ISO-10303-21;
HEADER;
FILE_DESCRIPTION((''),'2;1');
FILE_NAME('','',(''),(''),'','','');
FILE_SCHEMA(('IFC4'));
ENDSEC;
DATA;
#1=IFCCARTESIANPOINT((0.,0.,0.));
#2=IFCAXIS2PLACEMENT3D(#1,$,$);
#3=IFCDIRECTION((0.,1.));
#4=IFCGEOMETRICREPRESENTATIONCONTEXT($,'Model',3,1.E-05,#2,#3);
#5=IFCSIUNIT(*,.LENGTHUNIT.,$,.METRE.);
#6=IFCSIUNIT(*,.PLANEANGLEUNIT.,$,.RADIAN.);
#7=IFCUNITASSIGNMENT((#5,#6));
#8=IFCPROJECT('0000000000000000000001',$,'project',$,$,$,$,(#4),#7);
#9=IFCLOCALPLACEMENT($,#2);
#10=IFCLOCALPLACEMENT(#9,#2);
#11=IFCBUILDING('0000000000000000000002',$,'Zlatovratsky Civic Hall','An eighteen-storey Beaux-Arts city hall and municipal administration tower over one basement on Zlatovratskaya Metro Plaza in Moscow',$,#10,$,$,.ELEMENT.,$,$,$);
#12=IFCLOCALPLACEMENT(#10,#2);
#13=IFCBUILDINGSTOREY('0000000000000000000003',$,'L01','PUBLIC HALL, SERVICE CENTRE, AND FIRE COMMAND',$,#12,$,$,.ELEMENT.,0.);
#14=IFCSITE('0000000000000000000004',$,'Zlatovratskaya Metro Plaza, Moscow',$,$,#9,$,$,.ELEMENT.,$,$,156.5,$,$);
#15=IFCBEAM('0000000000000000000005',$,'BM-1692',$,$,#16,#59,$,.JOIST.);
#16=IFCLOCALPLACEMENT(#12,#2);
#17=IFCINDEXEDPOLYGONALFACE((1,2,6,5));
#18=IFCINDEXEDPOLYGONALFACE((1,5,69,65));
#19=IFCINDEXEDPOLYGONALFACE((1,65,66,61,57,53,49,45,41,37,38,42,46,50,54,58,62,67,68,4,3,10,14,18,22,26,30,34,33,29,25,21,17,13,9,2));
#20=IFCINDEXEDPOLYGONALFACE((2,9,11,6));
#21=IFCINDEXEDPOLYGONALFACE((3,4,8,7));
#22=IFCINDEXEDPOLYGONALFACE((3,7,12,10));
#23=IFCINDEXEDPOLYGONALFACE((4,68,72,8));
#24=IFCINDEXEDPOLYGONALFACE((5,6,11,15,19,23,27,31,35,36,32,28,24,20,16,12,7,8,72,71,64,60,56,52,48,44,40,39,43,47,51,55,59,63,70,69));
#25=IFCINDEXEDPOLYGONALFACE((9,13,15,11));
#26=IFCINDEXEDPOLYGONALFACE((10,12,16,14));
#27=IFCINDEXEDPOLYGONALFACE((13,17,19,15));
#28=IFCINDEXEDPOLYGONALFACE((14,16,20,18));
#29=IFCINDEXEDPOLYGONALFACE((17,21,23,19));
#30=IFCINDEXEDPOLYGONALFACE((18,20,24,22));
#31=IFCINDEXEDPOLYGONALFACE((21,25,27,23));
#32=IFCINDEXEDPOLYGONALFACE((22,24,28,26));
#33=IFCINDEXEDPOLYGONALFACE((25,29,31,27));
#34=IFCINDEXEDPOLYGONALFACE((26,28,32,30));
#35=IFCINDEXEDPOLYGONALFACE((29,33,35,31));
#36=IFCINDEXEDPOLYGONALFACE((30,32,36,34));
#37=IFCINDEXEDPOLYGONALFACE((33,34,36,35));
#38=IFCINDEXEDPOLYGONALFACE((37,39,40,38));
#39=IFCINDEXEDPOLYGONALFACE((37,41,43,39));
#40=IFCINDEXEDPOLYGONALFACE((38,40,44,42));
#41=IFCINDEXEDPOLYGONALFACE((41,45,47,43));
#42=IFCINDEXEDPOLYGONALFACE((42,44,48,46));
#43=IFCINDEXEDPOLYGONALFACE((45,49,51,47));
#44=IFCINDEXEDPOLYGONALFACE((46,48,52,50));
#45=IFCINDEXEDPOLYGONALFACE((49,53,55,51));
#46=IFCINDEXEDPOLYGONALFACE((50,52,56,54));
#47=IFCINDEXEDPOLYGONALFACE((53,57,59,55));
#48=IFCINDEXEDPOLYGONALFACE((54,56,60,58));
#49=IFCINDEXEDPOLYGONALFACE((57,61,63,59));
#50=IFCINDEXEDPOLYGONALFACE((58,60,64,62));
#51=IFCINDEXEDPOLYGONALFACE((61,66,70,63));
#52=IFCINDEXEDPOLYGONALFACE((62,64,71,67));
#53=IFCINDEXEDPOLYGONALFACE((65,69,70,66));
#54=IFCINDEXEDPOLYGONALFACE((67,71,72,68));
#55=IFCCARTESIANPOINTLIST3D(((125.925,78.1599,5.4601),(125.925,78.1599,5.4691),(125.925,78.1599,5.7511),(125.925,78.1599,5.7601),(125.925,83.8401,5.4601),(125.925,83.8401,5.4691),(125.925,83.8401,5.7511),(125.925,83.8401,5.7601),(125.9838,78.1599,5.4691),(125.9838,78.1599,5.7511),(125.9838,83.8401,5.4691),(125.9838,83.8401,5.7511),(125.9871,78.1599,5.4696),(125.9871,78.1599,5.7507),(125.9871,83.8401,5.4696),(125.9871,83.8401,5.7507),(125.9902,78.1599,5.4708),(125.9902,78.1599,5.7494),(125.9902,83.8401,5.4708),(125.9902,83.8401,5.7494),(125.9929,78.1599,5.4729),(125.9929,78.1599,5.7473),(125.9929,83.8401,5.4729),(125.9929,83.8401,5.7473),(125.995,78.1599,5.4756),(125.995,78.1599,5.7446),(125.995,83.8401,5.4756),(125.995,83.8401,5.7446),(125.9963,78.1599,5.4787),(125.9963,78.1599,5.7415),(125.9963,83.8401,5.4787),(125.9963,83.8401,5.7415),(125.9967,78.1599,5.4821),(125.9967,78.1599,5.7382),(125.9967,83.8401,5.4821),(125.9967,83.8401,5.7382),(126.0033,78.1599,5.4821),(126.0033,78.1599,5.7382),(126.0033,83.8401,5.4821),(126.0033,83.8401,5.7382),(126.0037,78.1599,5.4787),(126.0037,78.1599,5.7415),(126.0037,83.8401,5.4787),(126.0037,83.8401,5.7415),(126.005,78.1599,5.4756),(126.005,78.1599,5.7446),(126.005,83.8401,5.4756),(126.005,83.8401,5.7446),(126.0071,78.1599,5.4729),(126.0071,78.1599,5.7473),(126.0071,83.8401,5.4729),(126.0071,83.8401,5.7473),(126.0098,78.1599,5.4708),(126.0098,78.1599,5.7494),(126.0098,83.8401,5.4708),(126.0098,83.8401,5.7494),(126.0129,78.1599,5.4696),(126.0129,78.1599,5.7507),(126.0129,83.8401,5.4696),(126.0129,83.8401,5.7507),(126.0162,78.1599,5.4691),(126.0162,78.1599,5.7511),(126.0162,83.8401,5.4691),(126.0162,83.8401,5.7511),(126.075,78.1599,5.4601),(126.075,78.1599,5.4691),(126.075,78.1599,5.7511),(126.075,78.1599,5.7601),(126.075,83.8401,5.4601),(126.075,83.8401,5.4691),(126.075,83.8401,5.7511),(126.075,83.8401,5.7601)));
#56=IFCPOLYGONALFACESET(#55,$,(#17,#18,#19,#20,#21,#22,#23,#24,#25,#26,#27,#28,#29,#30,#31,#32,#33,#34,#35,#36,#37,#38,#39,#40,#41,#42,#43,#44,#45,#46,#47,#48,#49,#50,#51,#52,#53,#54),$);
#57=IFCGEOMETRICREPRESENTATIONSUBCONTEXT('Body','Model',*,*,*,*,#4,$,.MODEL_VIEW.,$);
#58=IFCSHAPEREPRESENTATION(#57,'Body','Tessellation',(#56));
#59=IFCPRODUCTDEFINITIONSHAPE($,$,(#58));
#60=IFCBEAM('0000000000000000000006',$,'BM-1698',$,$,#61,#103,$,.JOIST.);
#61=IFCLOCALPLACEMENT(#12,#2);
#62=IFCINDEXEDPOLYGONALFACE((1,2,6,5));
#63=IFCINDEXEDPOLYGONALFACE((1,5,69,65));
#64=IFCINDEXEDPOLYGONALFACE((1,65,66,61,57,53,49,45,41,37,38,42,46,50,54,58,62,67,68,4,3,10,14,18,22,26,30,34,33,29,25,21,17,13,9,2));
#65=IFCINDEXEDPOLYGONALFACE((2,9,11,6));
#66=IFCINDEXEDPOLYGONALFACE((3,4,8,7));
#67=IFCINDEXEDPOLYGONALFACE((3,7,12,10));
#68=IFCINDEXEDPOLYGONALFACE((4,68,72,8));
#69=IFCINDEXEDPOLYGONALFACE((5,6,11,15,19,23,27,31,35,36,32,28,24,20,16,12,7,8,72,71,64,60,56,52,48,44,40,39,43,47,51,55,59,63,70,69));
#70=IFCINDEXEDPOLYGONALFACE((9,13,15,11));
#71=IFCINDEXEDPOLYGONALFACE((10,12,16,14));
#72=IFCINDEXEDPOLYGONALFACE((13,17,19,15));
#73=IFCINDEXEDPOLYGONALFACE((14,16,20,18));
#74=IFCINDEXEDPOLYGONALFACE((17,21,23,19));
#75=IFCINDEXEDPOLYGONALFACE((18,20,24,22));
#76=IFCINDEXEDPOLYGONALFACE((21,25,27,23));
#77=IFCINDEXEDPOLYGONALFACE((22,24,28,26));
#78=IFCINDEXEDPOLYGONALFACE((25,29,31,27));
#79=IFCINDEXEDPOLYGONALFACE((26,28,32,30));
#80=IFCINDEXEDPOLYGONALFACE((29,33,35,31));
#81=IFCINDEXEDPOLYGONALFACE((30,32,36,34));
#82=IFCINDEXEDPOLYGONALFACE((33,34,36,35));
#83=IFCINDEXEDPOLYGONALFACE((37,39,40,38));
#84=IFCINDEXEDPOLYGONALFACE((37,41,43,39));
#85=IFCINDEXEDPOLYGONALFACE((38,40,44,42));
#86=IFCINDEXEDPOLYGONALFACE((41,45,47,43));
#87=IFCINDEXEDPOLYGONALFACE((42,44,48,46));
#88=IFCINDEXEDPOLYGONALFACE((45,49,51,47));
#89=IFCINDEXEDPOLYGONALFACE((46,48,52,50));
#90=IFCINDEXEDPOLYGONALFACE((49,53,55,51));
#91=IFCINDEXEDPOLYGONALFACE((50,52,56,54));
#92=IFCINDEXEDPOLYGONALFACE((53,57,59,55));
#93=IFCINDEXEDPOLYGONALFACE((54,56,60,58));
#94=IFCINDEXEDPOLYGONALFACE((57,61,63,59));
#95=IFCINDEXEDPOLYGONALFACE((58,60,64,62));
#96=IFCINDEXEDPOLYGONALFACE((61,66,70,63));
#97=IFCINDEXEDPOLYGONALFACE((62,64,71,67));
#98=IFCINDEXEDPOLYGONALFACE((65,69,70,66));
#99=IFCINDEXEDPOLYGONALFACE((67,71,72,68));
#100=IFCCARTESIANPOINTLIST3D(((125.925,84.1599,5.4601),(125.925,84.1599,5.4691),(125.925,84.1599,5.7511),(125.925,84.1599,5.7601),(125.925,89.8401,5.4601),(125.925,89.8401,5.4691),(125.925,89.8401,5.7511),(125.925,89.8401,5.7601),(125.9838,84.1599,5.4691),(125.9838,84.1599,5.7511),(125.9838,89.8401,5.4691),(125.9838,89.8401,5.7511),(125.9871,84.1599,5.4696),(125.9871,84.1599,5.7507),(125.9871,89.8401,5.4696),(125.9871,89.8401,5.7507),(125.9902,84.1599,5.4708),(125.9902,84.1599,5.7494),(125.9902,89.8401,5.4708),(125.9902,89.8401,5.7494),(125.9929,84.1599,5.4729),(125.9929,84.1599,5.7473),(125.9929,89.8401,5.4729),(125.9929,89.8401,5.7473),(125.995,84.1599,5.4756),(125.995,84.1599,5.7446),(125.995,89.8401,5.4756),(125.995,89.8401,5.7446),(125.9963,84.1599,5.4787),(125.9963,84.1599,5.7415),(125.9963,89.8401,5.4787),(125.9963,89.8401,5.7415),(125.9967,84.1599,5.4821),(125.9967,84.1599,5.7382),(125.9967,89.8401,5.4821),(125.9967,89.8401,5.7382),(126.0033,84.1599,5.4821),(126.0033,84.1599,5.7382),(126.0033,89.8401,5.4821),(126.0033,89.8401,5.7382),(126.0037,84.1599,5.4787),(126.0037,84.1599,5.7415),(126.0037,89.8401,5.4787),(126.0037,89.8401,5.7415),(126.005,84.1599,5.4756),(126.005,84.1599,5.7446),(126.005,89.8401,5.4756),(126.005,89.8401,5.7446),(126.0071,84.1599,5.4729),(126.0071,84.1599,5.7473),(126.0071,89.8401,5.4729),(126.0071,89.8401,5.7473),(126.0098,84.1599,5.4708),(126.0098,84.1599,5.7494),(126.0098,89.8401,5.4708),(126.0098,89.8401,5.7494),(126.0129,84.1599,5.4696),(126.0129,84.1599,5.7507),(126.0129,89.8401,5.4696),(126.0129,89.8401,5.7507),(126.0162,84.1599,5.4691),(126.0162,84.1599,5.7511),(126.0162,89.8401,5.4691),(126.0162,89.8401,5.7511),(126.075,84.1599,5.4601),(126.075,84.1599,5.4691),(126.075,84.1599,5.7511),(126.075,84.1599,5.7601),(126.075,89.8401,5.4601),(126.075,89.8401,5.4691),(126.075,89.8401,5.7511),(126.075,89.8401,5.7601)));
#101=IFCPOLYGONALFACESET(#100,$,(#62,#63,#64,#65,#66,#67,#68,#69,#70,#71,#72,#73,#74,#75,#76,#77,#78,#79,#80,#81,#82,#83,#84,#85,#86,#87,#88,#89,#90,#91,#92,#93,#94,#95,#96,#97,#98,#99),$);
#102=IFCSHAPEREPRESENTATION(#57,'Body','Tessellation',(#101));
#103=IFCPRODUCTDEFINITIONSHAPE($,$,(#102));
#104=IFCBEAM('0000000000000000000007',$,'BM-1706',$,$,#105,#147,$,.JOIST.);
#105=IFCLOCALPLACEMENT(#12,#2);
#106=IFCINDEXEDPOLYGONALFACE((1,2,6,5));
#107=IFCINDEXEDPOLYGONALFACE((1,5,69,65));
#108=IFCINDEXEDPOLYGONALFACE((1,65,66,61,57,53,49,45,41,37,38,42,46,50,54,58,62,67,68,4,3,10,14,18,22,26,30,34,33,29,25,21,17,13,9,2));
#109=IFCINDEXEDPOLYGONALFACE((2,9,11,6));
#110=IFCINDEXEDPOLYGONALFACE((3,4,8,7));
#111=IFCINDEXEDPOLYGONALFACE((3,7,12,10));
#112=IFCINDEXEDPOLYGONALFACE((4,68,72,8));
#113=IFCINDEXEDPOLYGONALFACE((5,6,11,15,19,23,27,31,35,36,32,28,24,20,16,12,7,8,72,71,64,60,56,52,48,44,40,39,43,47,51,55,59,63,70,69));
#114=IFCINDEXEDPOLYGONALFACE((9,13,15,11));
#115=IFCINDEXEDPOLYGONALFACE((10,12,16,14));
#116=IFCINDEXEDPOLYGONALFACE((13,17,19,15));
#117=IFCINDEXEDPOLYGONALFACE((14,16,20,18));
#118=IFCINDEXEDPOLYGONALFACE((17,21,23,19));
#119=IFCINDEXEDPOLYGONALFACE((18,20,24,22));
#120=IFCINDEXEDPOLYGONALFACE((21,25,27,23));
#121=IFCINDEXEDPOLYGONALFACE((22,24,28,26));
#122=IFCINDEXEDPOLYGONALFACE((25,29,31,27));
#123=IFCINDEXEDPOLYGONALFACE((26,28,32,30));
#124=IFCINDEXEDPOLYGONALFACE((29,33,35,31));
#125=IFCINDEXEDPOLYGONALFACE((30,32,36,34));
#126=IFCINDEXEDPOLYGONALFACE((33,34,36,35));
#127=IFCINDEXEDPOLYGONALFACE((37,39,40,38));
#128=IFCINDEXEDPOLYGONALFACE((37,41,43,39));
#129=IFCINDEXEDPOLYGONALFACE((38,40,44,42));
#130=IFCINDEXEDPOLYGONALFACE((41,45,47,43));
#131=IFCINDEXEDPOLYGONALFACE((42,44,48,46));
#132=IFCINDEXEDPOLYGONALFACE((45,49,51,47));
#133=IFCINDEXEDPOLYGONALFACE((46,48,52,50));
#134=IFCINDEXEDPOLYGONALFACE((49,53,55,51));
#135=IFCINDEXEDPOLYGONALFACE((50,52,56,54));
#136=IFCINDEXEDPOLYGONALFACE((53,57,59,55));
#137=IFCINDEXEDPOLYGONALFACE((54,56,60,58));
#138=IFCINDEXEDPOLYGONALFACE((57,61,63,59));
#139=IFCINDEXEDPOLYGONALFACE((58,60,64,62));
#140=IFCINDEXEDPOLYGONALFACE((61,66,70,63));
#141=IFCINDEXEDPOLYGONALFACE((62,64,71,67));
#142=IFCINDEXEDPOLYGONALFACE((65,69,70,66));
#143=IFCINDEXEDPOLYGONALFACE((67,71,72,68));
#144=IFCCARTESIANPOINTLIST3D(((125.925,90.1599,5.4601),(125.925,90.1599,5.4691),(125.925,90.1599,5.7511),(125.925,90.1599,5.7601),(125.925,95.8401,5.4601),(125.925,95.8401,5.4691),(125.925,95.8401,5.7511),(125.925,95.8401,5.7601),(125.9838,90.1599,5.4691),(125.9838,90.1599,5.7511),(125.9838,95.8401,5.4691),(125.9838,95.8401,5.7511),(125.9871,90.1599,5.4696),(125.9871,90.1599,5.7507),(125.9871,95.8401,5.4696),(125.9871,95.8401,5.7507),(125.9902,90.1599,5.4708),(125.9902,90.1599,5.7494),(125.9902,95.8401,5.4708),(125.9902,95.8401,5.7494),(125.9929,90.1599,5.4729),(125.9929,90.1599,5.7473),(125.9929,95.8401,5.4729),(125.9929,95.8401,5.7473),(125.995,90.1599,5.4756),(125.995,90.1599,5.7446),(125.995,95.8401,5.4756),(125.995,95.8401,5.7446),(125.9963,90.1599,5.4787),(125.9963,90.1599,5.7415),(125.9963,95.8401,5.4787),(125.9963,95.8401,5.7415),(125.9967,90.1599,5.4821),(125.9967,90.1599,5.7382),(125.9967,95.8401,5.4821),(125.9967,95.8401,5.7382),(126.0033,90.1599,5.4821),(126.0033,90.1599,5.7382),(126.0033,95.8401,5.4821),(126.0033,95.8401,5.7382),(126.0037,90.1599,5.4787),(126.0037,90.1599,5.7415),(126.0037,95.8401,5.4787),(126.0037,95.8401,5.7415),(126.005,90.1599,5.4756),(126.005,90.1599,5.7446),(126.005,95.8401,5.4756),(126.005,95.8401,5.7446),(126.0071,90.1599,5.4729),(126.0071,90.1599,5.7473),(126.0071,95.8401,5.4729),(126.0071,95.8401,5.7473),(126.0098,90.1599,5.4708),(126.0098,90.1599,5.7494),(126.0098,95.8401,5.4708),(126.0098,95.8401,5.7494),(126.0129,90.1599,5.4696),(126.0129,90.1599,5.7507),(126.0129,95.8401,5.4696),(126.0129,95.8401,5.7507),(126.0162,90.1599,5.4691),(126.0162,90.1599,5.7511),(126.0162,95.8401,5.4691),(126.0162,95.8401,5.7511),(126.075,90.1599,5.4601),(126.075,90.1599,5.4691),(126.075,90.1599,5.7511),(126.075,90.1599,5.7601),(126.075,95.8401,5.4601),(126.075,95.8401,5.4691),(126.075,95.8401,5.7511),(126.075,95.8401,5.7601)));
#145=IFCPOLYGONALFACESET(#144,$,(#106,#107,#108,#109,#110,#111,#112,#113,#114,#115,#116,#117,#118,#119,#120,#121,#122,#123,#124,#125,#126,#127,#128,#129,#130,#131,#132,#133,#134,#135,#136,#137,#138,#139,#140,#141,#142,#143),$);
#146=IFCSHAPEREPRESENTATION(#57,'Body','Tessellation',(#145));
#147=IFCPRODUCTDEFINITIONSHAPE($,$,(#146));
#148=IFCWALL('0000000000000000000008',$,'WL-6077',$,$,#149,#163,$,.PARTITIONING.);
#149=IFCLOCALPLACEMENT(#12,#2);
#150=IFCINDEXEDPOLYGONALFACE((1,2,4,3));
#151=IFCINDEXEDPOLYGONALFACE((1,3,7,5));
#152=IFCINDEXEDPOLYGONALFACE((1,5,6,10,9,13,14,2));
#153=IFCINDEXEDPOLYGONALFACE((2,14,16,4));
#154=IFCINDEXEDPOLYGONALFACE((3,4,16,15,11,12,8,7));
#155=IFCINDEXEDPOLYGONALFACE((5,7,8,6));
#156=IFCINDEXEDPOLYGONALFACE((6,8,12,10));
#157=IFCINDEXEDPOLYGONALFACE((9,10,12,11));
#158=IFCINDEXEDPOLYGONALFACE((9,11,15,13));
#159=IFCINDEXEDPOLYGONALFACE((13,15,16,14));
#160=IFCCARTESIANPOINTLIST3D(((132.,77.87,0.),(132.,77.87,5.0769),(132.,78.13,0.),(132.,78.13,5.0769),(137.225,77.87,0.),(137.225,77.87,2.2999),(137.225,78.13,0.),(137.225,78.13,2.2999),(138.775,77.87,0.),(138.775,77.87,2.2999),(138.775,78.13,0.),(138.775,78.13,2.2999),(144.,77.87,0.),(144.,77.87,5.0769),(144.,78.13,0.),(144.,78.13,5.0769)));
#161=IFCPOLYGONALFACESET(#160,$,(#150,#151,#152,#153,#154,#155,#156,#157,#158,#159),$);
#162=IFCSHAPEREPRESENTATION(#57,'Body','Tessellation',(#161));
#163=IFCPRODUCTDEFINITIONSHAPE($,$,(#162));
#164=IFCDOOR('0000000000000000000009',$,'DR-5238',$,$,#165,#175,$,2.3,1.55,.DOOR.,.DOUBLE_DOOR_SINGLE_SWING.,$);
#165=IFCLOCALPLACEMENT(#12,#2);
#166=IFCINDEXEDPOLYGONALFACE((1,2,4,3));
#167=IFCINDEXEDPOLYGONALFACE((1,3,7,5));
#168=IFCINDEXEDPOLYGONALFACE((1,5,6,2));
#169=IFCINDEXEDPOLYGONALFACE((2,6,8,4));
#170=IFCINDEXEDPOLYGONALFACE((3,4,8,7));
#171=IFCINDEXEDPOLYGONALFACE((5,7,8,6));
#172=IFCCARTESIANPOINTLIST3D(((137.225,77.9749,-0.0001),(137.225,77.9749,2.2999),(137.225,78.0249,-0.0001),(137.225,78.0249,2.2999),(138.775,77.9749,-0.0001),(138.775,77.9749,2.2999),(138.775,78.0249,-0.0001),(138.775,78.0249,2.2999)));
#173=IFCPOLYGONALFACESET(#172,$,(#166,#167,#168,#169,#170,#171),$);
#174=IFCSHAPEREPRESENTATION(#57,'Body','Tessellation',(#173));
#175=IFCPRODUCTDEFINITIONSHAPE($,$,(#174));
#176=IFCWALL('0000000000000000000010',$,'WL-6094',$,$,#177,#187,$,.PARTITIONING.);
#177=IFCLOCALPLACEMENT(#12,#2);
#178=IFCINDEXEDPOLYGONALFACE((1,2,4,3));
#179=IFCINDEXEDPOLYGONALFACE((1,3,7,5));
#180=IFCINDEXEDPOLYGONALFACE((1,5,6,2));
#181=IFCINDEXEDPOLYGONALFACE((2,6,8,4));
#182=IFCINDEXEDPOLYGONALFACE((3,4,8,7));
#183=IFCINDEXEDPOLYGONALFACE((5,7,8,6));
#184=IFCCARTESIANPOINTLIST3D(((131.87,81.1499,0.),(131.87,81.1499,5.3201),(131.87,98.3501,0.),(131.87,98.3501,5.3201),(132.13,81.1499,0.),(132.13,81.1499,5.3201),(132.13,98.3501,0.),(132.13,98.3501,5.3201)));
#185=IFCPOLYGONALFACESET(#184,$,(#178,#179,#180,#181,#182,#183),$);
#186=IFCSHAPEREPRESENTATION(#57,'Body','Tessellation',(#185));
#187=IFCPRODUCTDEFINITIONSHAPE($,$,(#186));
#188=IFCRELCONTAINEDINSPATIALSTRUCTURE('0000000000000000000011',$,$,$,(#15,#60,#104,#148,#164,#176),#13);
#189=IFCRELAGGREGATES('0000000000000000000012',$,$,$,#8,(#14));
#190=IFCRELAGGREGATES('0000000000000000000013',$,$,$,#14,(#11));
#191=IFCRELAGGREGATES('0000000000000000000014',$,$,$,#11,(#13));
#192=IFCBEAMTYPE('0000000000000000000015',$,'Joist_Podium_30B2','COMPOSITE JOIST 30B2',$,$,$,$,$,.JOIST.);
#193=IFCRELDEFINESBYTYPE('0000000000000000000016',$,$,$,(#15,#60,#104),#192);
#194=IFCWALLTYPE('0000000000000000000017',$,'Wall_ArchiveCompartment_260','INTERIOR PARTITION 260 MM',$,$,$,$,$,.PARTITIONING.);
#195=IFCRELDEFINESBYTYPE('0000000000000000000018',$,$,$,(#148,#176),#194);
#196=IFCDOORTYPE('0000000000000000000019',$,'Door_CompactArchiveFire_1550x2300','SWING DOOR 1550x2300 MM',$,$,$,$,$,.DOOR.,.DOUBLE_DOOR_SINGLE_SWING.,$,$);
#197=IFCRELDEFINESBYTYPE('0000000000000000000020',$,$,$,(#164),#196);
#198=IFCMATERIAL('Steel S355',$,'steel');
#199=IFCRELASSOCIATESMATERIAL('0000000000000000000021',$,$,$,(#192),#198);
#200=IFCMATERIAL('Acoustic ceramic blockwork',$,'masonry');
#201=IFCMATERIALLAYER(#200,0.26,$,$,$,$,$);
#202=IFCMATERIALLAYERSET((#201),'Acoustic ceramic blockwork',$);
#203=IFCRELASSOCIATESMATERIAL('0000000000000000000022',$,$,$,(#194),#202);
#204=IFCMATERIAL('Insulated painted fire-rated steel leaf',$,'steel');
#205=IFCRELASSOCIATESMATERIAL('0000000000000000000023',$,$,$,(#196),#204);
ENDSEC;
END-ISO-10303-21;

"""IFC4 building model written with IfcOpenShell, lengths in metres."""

from ifc_helpers import new_model, si_unit, direction, frame, frame_2d, origin, origin_2d, place, context, subcontext, project, spatial, rectangle, i_section, extrude, material, layer, layer_set, material_profile, profile_set, type_object, element, fill, save


model = new_model("IFC4")

# Units and contexts
model_context = context("Model", 3, precision=1e-05, world=origin(), true_north=direction((0.0, 1.0)))
body_context = subcontext(model_context, "Body", "Model", "MODEL_VIEW")
ifc_project = project(units=[si_unit("LENGTHUNIT", "METRE"), si_unit("PLANEANGLEUNIT", "RADIAN")], contexts=[model_context])

# Site, building, storey
site_placement = place(None, origin())
site = spatial("IfcSite", under=ifc_project, at=site_placement, Name="Zlatovratskaya Metro Plaza, Moscow", CompositionType="ELEMENT", RefElevation=156.5)
building_placement = place(site_placement, origin())
building = spatial("IfcBuilding", under=site, at=building_placement, Name="Zlatovratsky Civic Hall", Description="An eighteen-storey Beaux-Arts city hall and municipal administration tower over one basement on Zlatovratskaya Metro Plaza in Moscow", CompositionType="ELEMENT")
storey_placement = place(building_placement, origin())
storey = spatial("IfcBuildingStorey", under=building, at=storey_placement, Name="L01", Description="PUBLIC HALL, SERVICE CENTRE, AND FIRE COMMAND", CompositionType="ELEMENT", Elevation=0.0)

# Shared definitions
ifc_material_1 = material(Name="Steel S355", Category="steel")

# Beams
ifc_material_profile_1 = material_profile(ifc_material_1, i_section(OverallWidth=0.1499, OverallDepth=0.3, WebThickness=0.0066, FlangeThickness=0.009, FilletRadius=0.0129, at=origin_2d()), Name="30B2")
ifc_profile_set_1 = profile_set([ifc_material_profile_1], Name="Steel S355")
beam_type_1 = type_object("IfcBeamType", Name="Joist_Podium_30B2", Description="COMPOSITE JOIST 30B2", PredefinedType="JOIST", material=ifc_profile_set_1)
for number, where, z_axis, x_axis, name in (
    (1, (126.0, 78.1599, 5.6101), (0.0, 1.0, 0.0), (-1.0, 0.0, 0.0), "BM-1692"),
    (2, (126.0, 84.1599, 5.6101), (0.0, 1.0, 0.0), (-1.0, 0.0, 0.0), "BM-1698"),
    (3, (126.0, 90.1599, 5.6101), (0.0, 1.0, 0.0), (-1.0, 0.0, 0.0), "BM-1706"),
):
    element("IfcBeam", number, at=place(storey_placement, frame(where, z_axis=z_axis, x_axis=x_axis)), inside=storey, type_object=beam_type_1, Name=name, PredefinedType="JOIST", context=body_context, shape_type="SweptSolid", body=[
        extrude(i_section(OverallWidth=0.1499, OverallDepth=0.3, WebThickness=0.0066, FlangeThickness=0.009, FilletRadius=0.0129, at=origin_2d()), origin(), (0.0, 0.0, 1.0), 5.6802),
    ])

# Wall, opening, door
ifc_material_2 = material(Name="Acoustic ceramic blockwork", Category="masonry")
ifc_layer = layer(ifc_material_2, 0.26)
ifc_layer_set = layer_set([ifc_layer], Name="Acoustic ceramic blockwork")
wall_type = type_object("IfcWallType", Name="Wall_ArchiveCompartment_260", Description="INTERIOR PARTITION 260 MM", PredefinedType="PARTITIONING", material=ifc_layer_set)
wall_1_placement = place(storey_placement, frame((132.0, 78.0, 0.0), z_axis=(0.0, 0.0, 1.0), x_axis=(1.0, 0.0, 0.0)))
wall_1 = element("IfcWall", 4, at=wall_1_placement, inside=storey, type_object=wall_type, Name="WL-6077", PredefinedType="PARTITIONING", context=body_context, shape_type="SweptSolid", body=[
    extrude(rectangle(XDim=12.0, YDim=0.26, at=frame_2d((6.0, 0.0))), origin(), (0.0, 0.0, 1.0), 5.0769),
])
opening_placement = place(wall_1_placement, frame((5.2251, 0.0, 0.0)))
opening = element("IfcOpeningElement", 5, at=opening_placement, cuts=wall_1, PredefinedType="OPENING", context=body_context, shape_type="SweptSolid", body=[
    extrude(rectangle(XDim=1.55, YDim=2.3, at=frame_2d((0.7749, 1.1499))), frame((0.0, 0.145, 0.0), z_axis=(0.0, -1.0, 0.0), x_axis=(1.0, 0.0, 0.0)), (0.0, 0.0, 1.0), 0.2898),
])
ifc_material_3 = material(Name="Insulated painted fire-rated steel leaf", Category="steel")
door_type = type_object("IfcDoorType", Name="Door_CompactArchiveFire_1550x2300", Description="SWING DOOR 1550x2300 MM", OperationType="DOUBLE_DOOR_SINGLE_SWING", PredefinedType="DOOR", material=ifc_material_3)
door_placement = place(opening_placement, origin())
door = element("IfcDoor", 6, at=door_placement, inside=storey, type_object=door_type, Name="DR-5238", OperationType="DOUBLE_DOOR_SINGLE_SWING", OverallHeight=2.3, OverallWidth=1.55, PredefinedType="DOOR", context=body_context, shape_type="SweptSolid", body=[
    extrude(rectangle(XDim=1.55, YDim=2.3, at=frame_2d((0.7749, 1.1499))), frame((0.0, 0.0249, 0.0), z_axis=(0.0, -1.0, 0.0), x_axis=(1.0, 0.0, 0.0)), (0.0, 0.0, 1.0), 0.05),
])
fill(opening, door)

# Wall
wall_2_placement = place(storey_placement, frame((132.0, 81.1499, 0.0), z_axis=(0.0, 0.0, 1.0), x_axis=(0.0, 1.0, 0.0)))
element("IfcWall", 7, at=wall_2_placement, inside=storey, type_object=wall_type, Name="WL-6094", PredefinedType="PARTITIONING", context=body_context, shape_type="SweptSolid", body=[
    extrude(rectangle(XDim=17.2002, YDim=0.26, at=frame_2d((8.6001, 0.0))), origin(), (0.0, 0.0, 1.0), 5.3201),
])

save(model, "model.ifc")
